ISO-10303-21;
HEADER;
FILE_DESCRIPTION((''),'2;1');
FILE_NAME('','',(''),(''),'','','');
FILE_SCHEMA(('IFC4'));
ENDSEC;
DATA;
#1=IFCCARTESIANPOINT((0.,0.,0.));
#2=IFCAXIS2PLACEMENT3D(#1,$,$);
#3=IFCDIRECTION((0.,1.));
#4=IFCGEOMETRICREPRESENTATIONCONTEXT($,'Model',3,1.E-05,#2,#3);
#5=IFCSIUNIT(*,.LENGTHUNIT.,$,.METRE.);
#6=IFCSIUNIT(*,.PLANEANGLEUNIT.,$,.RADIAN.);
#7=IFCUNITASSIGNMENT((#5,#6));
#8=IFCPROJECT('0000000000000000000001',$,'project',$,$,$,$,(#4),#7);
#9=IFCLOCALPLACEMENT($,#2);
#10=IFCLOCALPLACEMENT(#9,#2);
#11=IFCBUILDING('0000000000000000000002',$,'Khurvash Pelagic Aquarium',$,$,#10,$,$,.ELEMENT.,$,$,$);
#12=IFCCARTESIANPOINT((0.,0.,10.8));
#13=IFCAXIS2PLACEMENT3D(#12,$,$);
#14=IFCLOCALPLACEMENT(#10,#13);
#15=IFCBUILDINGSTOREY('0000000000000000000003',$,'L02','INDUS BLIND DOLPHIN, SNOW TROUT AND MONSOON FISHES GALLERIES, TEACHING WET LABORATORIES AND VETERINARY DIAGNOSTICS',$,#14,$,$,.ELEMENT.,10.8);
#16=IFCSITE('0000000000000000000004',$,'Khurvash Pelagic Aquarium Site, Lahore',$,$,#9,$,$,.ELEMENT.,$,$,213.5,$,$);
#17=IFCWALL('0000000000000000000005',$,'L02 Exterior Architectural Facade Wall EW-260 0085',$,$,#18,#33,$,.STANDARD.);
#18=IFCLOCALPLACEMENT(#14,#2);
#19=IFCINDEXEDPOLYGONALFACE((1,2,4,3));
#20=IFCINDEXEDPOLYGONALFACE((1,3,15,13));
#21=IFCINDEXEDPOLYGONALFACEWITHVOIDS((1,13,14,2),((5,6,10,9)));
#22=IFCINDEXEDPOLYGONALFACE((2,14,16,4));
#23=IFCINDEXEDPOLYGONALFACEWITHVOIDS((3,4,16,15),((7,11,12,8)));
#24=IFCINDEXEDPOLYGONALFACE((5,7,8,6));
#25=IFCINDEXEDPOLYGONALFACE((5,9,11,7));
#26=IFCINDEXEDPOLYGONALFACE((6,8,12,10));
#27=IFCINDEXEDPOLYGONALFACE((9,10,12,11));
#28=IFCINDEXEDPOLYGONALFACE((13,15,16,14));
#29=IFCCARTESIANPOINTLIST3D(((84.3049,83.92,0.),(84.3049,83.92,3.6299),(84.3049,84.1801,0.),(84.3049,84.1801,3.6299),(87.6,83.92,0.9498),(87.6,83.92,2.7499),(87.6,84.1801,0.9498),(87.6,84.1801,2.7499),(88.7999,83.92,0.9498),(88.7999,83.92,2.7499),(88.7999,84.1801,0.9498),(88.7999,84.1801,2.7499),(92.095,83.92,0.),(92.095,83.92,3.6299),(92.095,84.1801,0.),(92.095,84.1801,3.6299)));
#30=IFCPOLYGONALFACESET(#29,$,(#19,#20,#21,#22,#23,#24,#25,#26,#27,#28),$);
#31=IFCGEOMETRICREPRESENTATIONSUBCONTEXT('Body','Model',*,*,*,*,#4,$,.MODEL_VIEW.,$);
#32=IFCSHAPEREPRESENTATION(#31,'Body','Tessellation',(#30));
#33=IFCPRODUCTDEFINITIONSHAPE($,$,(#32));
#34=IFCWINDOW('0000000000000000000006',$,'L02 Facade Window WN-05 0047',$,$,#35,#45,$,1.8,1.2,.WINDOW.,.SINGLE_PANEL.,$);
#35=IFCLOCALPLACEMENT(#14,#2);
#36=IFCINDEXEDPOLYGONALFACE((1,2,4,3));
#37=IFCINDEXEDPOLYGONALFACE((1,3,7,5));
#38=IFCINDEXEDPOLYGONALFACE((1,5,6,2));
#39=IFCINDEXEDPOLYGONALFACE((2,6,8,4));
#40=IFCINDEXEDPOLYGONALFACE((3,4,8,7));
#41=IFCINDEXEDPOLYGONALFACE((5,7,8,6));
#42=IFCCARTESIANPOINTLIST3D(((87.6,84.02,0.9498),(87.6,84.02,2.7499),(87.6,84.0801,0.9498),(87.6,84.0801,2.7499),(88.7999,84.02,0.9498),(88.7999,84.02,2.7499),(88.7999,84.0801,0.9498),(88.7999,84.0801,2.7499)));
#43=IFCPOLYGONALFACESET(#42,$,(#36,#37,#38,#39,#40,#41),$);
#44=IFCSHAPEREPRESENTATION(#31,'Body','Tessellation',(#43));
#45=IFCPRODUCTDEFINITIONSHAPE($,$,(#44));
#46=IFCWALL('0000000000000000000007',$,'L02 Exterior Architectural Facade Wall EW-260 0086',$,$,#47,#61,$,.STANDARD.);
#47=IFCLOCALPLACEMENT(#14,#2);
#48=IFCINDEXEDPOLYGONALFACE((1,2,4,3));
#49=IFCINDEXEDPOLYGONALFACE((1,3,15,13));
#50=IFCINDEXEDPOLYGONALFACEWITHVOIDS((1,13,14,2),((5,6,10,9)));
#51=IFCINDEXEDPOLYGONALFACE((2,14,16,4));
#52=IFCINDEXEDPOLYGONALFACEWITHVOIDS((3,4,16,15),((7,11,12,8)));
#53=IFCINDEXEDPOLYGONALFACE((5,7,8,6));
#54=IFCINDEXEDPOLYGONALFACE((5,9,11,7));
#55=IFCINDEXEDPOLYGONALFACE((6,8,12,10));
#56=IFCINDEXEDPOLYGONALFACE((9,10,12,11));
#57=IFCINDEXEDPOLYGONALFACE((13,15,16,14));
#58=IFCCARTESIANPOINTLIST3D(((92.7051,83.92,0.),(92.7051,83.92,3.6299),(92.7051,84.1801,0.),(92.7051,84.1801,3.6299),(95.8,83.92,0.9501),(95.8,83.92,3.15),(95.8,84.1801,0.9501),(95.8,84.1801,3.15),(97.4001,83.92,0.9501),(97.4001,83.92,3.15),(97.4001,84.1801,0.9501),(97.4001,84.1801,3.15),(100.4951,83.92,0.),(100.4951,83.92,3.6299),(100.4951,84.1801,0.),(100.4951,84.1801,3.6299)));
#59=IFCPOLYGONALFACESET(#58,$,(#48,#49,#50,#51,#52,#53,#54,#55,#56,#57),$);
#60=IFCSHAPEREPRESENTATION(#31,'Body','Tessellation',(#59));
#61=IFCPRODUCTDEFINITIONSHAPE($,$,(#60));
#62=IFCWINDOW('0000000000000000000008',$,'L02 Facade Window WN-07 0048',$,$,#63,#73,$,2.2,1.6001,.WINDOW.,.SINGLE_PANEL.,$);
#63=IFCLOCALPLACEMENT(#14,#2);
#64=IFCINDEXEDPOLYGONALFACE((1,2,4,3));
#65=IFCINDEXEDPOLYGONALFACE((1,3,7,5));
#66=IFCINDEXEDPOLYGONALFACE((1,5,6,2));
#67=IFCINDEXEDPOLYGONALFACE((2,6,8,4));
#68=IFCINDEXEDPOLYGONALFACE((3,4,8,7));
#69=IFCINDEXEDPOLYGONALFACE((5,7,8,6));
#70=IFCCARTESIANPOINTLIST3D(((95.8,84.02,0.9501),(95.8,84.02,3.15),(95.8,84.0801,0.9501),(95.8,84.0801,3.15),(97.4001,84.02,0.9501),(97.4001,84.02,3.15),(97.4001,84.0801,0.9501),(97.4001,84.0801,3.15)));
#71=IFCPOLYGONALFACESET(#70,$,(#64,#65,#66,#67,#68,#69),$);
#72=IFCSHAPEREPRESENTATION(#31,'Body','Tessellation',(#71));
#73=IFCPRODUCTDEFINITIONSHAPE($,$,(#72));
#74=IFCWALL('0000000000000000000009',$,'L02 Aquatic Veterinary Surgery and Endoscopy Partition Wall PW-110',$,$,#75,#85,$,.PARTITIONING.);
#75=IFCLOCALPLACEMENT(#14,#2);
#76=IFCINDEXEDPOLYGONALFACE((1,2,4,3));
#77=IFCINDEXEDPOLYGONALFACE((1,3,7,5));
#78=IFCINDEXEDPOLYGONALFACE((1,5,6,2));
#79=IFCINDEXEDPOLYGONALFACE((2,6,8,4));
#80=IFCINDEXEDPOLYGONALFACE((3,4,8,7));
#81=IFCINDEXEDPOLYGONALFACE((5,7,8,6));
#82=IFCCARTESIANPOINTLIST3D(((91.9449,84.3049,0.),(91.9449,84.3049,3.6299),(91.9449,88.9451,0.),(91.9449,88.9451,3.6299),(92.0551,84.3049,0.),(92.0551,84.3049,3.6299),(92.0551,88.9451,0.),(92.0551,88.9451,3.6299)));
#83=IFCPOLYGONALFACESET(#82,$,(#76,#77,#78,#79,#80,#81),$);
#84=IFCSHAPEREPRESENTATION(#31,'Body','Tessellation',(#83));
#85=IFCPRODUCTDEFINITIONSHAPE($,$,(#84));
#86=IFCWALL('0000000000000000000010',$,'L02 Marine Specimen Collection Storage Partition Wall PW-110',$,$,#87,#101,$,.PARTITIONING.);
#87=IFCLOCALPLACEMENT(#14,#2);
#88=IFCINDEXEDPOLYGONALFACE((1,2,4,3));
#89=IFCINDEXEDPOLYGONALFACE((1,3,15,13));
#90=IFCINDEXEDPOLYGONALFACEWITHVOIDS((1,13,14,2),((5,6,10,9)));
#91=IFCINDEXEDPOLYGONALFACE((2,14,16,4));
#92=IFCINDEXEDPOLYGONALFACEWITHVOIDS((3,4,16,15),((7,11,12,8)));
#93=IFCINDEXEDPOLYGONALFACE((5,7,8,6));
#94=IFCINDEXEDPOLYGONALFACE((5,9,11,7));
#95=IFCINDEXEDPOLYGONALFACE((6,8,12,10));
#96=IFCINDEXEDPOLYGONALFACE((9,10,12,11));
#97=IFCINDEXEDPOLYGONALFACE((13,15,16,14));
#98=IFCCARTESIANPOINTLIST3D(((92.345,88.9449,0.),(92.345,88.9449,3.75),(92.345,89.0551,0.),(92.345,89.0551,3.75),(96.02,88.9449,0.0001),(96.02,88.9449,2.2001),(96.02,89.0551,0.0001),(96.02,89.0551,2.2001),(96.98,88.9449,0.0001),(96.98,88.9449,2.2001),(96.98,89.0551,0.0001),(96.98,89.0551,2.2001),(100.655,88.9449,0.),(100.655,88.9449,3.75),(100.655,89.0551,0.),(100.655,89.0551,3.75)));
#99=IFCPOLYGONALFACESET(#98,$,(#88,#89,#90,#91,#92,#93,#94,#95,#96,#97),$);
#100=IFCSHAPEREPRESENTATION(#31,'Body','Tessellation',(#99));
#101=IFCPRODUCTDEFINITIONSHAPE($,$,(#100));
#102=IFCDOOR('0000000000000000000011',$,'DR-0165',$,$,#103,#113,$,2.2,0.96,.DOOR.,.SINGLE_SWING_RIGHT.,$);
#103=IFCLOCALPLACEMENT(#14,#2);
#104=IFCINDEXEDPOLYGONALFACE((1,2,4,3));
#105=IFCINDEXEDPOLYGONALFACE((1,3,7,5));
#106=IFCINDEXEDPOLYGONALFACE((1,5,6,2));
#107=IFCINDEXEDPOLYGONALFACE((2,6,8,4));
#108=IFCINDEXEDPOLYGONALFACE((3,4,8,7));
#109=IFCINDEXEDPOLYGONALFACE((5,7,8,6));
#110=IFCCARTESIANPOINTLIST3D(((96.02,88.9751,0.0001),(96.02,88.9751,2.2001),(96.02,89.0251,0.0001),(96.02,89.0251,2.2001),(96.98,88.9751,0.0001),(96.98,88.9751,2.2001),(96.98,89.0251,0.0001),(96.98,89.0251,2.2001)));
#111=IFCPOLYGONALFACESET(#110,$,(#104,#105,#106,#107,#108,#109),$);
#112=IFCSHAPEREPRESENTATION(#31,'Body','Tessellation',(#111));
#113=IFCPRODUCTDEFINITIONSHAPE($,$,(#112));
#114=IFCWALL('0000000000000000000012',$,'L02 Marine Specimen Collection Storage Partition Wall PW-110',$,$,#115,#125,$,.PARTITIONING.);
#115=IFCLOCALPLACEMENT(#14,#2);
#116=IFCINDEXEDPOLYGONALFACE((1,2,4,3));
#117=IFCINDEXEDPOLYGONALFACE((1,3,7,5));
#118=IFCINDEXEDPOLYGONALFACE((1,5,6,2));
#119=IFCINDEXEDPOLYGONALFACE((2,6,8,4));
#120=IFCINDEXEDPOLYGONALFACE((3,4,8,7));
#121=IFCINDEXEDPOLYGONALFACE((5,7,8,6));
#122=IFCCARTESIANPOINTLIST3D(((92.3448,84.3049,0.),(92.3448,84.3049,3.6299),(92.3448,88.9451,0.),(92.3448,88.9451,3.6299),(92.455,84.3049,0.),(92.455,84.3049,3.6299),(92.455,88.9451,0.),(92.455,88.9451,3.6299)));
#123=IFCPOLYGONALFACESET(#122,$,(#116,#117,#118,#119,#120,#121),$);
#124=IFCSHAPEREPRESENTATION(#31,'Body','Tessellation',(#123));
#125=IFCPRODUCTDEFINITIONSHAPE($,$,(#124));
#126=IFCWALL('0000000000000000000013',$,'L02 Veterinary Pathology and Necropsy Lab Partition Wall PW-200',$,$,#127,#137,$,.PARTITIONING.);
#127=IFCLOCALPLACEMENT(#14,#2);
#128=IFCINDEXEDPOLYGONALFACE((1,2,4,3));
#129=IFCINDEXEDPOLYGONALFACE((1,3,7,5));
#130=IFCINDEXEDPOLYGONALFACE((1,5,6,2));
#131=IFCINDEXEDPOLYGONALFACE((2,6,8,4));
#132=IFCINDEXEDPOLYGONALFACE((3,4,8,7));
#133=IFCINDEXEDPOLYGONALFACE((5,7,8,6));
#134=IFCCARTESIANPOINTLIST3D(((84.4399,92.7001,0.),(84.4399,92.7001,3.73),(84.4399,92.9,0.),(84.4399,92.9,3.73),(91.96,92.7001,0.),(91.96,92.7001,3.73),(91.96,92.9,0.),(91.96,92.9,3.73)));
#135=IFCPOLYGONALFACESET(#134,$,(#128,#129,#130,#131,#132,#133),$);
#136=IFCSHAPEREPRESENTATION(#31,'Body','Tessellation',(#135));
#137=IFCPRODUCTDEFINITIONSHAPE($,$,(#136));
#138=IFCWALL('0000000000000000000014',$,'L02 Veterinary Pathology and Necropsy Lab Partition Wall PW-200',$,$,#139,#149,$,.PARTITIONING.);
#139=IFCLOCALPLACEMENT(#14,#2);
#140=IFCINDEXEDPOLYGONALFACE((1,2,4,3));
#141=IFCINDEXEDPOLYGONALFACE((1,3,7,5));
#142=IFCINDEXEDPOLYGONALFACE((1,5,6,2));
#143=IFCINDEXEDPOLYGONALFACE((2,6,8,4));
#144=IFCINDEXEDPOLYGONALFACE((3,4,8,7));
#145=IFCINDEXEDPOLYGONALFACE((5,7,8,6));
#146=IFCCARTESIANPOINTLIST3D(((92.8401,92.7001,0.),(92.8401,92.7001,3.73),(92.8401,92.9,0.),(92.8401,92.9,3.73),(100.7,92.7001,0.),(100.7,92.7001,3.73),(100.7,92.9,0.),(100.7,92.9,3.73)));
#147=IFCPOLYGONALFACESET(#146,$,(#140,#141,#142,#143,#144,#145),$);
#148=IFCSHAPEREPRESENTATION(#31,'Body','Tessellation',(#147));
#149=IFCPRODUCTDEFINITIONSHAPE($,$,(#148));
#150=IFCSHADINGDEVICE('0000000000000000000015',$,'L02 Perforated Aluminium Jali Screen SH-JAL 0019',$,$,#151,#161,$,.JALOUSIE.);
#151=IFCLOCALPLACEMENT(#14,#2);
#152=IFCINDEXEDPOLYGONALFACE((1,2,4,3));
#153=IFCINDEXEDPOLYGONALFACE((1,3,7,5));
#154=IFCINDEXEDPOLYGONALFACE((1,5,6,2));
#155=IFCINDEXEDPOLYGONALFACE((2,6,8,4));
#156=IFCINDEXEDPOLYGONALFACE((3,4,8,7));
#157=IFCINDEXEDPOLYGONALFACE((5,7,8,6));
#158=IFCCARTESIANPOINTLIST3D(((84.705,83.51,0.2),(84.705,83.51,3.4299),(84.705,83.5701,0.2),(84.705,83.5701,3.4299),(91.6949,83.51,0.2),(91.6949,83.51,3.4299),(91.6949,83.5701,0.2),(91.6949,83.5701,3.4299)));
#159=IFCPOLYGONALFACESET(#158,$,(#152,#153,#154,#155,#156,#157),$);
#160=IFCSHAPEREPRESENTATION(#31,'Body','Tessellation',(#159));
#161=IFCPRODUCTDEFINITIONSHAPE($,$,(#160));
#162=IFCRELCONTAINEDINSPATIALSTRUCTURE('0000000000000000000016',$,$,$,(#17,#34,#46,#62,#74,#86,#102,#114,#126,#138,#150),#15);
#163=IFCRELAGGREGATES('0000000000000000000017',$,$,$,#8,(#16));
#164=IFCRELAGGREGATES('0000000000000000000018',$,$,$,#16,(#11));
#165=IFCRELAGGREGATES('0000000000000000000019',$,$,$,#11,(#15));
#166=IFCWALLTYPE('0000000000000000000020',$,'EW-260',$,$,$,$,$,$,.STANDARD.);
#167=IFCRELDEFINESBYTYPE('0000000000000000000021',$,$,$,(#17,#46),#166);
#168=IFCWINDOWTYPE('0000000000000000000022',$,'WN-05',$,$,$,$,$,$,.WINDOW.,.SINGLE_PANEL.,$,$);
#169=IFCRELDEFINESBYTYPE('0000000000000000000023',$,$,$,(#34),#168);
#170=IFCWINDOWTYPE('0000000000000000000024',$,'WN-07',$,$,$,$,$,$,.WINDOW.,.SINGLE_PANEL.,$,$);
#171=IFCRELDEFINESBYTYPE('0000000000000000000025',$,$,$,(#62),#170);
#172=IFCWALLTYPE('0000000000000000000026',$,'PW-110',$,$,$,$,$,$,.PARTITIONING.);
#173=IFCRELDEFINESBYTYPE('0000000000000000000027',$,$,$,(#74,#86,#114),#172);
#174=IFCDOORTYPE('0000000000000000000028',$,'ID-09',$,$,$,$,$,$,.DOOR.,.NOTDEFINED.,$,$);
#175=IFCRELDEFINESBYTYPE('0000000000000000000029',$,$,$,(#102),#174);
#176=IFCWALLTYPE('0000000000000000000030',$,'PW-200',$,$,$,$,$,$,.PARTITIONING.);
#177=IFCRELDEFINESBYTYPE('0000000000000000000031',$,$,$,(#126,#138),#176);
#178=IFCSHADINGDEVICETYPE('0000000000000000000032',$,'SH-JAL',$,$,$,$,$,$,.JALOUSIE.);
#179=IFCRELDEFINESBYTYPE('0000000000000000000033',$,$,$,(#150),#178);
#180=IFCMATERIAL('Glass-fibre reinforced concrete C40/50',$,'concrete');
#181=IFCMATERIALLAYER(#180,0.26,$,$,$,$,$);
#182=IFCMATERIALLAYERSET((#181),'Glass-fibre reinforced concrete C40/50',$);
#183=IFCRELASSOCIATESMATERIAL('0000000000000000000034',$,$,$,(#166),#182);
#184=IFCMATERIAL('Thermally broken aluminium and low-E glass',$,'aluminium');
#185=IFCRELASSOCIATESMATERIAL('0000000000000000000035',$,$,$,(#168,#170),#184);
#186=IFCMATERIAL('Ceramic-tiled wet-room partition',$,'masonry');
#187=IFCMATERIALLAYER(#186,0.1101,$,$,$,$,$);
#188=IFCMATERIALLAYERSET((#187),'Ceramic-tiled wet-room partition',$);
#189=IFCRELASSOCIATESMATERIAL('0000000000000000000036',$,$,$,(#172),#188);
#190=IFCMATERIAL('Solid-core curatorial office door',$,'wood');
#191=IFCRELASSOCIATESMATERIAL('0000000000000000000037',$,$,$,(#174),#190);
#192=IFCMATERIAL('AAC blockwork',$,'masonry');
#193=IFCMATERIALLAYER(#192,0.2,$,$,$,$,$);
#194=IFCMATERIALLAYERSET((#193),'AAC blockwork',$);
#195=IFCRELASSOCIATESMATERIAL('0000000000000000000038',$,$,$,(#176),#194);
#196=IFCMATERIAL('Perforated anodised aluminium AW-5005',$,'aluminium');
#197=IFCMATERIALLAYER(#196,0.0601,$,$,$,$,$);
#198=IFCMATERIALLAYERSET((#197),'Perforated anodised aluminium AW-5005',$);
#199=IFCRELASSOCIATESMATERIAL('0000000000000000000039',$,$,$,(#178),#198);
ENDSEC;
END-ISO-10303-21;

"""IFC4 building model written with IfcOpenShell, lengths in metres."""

from ifc_helpers import new_model, si_unit, direction, frame, frame_2d, origin, origin_2d, place, context, subcontext, project, spatial, rectangle, extrude, material, layer, layer_set, type_object, element, fill, save


model = new_model("IFC4")

# Units and contexts
model_context = context("Model", 3, precision=1e-05, world=origin(), true_north=direction((0.0, 1.0)))
body_context = subcontext(model_context, "Body", "Model", "MODEL_VIEW")
ifc_project = project(units=[si_unit("LENGTHUNIT", "METRE"), si_unit("PLANEANGLEUNIT", "RADIAN")], contexts=[model_context])

# Site, building, storey
site_placement = place(None, origin())
site = spatial("IfcSite", under=ifc_project, at=site_placement, Name="Khurvash Pelagic Aquarium Site, Lahore", CompositionType="ELEMENT", RefElevation=213.5)
building_placement = place(site_placement, origin())
building = spatial("IfcBuilding", under=site, at=building_placement, Name="Khurvash Pelagic Aquarium", CompositionType="ELEMENT")
storey_placement = place(building_placement, frame((0.0, 0.0, 10.8)))
storey = spatial("IfcBuildingStorey", under=building, at=storey_placement, Name="L02", Description="INDUS BLIND DOLPHIN, SNOW TROUT AND MONSOON FISHES GALLERIES, TEACHING WET LABORATORIES AND VETERINARY DIAGNOSTICS", CompositionType="ELEMENT", Elevation=10.8)

# Walls, openings, windows
ifc_material_1 = material(Name="Glass-fibre reinforced concrete C40/50", Category="concrete")
ifc_layer_1 = layer(ifc_material_1, 0.26)
ifc_layer_set_1 = layer_set([ifc_layer_1], Name="Glass-fibre reinforced concrete C40/50")
wall_type_1 = type_object("IfcWallType", Name="EW-260", PredefinedType="STANDARD", material=ifc_layer_set_1)
wall_1_placement = place(storey_placement, frame((84.3049, 84.05, 0.0), z_axis=(0.0, 0.0, 1.0), x_axis=(1.0, 0.0, 0.0)))
wall_1 = element("IfcWall", 1, at=wall_1_placement, inside=storey, type_object=wall_type_1, Name="L02 Exterior Architectural Facade Wall EW-260 0085", PredefinedType="STANDARD", context=body_context, shape_type="SweptSolid", body=[
    extrude(rectangle(XDim=7.79, YDim=0.26, at=frame_2d((3.895, 0.0))), origin(), (0.0, 0.0, 1.0), 3.6299),
])
opening_1_placement = place(wall_1_placement, frame((3.2949, 0.0, 0.95)))
opening_1 = element("IfcOpeningElement", 2, at=opening_1_placement, cuts=wall_1, PredefinedType="OPENING", context=body_context, shape_type="SweptSolid", body=[
    extrude(rectangle(XDim=1.2, YDim=1.8, at=frame_2d((0.6001, 0.8999))), frame((0.0, 0.1401, 0.0), z_axis=(0.0, -1.0, 0.0), x_axis=(1.0, 0.0, 0.0)), (0.0, 0.0, 1.0), 0.28),
])
ifc_material_2 = material(Name="Thermally broken aluminium and low-E glass", Category="aluminium")
window_type_1 = type_object("IfcWindowType", Name="WN-05", PartitioningType="SINGLE_PANEL", PredefinedType="WINDOW", material=ifc_material_2)
window_1_placement = place(opening_1_placement, origin())
window_1 = element("IfcWindow", 3, at=window_1_placement, inside=storey, type_object=window_type_1, Name="L02 Facade Window WN-05 0047", OverallHeight=1.8, OverallWidth=1.2, PartitioningType="SINGLE_PANEL", PredefinedType="WINDOW", context=body_context, shape_type="SweptSolid", body=[
    extrude(rectangle(XDim=1.2, YDim=1.8, at=frame_2d((0.6001, 0.8999))), frame((0.0, 0.03, 0.0), z_axis=(0.0, -1.0, 0.0), x_axis=(1.0, 0.0, 0.0)), (0.0, 0.0, 1.0), 0.0601),
])
fill(opening_1, window_1)
wall_2_placement = place(storey_placement, frame((92.7051, 84.05, 0.0), z_axis=(0.0, 0.0, 1.0), x_axis=(1.0, 0.0, 0.0)))
wall_2 = element("IfcWall", 4, at=wall_2_placement, inside=storey, type_object=wall_type_1, Name="L02 Exterior Architectural Facade Wall EW-260 0086", PredefinedType="STANDARD", context=body_context, shape_type="SweptSolid", body=[
    extrude(rectangle(XDim=7.79, YDim=0.26, at=frame_2d((3.895, 0.0))), origin(), (0.0, 0.0, 1.0), 3.6299),
])
opening_2_placement = place(wall_2_placement, frame((3.095, 0.0, 0.95)))
opening_2 = element("IfcOpeningElement", 5, at=opening_2_placement, cuts=wall_2, PredefinedType="OPENING", context=body_context, shape_type="SweptSolid", body=[
    extrude(rectangle(XDim=1.6001, YDim=2.2, at=frame_2d((0.8, 1.1001))), frame((0.0, 0.1401, 0.0), z_axis=(0.0, -1.0, 0.0), x_axis=(1.0, 0.0, 0.0)), (0.0, 0.0, 1.0), 0.28),
])
window_type_2 = type_object("IfcWindowType", Name="WN-07", PartitioningType="SINGLE_PANEL", PredefinedType="WINDOW", material=ifc_material_2)
window_2_placement = place(opening_2_placement, origin())
window_2 = element("IfcWindow", 6, at=window_2_placement, inside=storey, type_object=window_type_2, Name="L02 Facade Window WN-07 0048", OverallHeight=2.2, OverallWidth=1.6001, PartitioningType="SINGLE_PANEL", PredefinedType="WINDOW", context=body_context, shape_type="SweptSolid", body=[
    extrude(rectangle(XDim=1.6001, YDim=2.2, at=frame_2d((0.8, 1.1001))), frame((0.0, 0.03, 0.0), z_axis=(0.0, -1.0, 0.0), x_axis=(1.0, 0.0, 0.0)), (0.0, 0.0, 1.0), 0.0601),
])
fill(opening_2, window_2)

# Wall
ifc_material_3 = material(Name="Ceramic-tiled wet-room partition", Category="masonry")
ifc_layer_2 = layer(ifc_material_3, 0.1101)
ifc_layer_set_2 = layer_set([ifc_layer_2], Name="Ceramic-tiled wet-room partition")
wall_type_2 = type_object("IfcWallType", Name="PW-110", PredefinedType="PARTITIONING", material=ifc_layer_set_2)
wall_3_placement = place(storey_placement, frame((92.0, 84.3049, 0.0), z_axis=(0.0, 0.0, 1.0), x_axis=(0.0, 1.0, 0.0)))
element("IfcWall", 7, at=wall_3_placement, inside=storey, type_object=wall_type_2, Name="L02 Aquatic Veterinary Surgery and Endoscopy Partition Wall PW-110", PredefinedType="PARTITIONING", context=body_context, shape_type="SweptSolid", body=[
    extrude(rectangle(XDim=4.6401, YDim=0.1101, at=frame_2d((2.3201, 0.0))), origin(), (0.0, 0.0, 1.0), 3.6299),
])

# Wall, opening, door
wall_4_placement = place(storey_placement, frame((92.345, 89.0, 0.0), z_axis=(0.0, 0.0, 1.0), x_axis=(1.0, 0.0, 0.0)))
wall_4 = element("IfcWall", 8, at=wall_4_placement, inside=storey, type_object=wall_type_2, Name="L02 Marine Specimen Collection Storage Partition Wall PW-110", PredefinedType="PARTITIONING", context=body_context, shape_type="SweptSolid", body=[
    extrude(rectangle(XDim=8.3101, YDim=0.1101, at=frame_2d((4.155, 0.0))), origin(), (0.0, 0.0, 1.0), 3.75),
])
opening_3_placement = place(wall_4_placement, frame((3.675, 0.0, 0.0)))
opening_3 = element("IfcOpeningElement", 9, at=opening_3_placement, cuts=wall_4, PredefinedType="OPENING", context=body_context, shape_type="SweptSolid", body=[
    extrude(rectangle(XDim=0.96, YDim=2.2, at=frame_2d((0.48, 1.1001))), frame((0.0, 0.0649, 0.0), z_axis=(0.0, -1.0, 0.0), x_axis=(1.0, 0.0, 0.0)), (0.0, 0.0, 1.0), 0.1301),
])
ifc_material_4 = material(Name="Solid-core curatorial office door", Category="wood")
door_type = type_object("IfcDoorType", Name="ID-09", OperationType="NOTDEFINED", PredefinedType="DOOR", material=ifc_material_4)
door_placement = place(opening_3_placement, frame((0.96, 0.0, 0.0), z_axis=(0.0, 0.0, 1.0), x_axis=(-1.0, 0.0, 0.0)))
door = element("IfcDoor", 10, at=door_placement, inside=storey, type_object=door_type, Name="DR-0165", OperationType="SINGLE_SWING_RIGHT", OverallHeight=2.2, OverallWidth=0.96, PredefinedType="DOOR", context=body_context, shape_type="SweptSolid", body=[
    extrude(rectangle(XDim=0.96, YDim=2.2, at=frame_2d((0.48, 1.1001))), frame((0.0, 0.0249, 0.0), z_axis=(0.0, -1.0, 0.0), x_axis=(1.0, 0.0, 0.0)), (0.0, 0.0, 1.0), 0.05),
])
fill(opening_3, door)

# Walls
wall_5_placement = place(storey_placement, frame((92.3999, 84.3049, 0.0), z_axis=(0.0, 0.0, 1.0), x_axis=(0.0, 1.0, 0.0)))
element("IfcWall", 11, at=wall_5_placement, inside=storey, type_object=wall_type_2, Name="L02 Marine Specimen Collection Storage Partition Wall PW-110", PredefinedType="PARTITIONING", context=body_context, shape_type="SweptSolid", body=[
    extrude(rectangle(XDim=4.6401, YDim=0.1101, at=frame_2d((2.3201, 0.0))), origin(), (0.0, 0.0, 1.0), 3.6299),
])
ifc_material_5 = material(Name="AAC blockwork", Category="masonry")
ifc_layer_3 = layer(ifc_material_5, 0.2)
ifc_layer_set_3 = layer_set([ifc_layer_3], Name="AAC blockwork")
wall_type_3 = type_object("IfcWallType", Name="PW-200", PredefinedType="PARTITIONING", material=ifc_layer_set_3)
wall_6_placement = place(storey_placement, frame((84.4399, 92.8, 0.0), z_axis=(0.0, 0.0, 1.0), x_axis=(1.0, 0.0, 0.0)))
element("IfcWall", 12, at=wall_6_placement, inside=storey, type_object=wall_type_3, Name="L02 Veterinary Pathology and Necropsy Lab Partition Wall PW-200", PredefinedType="PARTITIONING", context=body_context, shape_type="SweptSolid", body=[
    extrude(rectangle(XDim=7.52, YDim=0.2, at=frame_2d((3.76, 0.0))), origin(), (0.0, 0.0, 1.0), 3.73),
])
wall_7_placement = place(storey_placement, frame((92.8401, 92.8, 0.0), z_axis=(0.0, 0.0, 1.0), x_axis=(1.0, 0.0, 0.0)))
element("IfcWall", 13, at=wall_7_placement, inside=storey, type_object=wall_type_3, Name="L02 Veterinary Pathology and Necropsy Lab Partition Wall PW-200", PredefinedType="PARTITIONING", context=body_context, shape_type="SweptSolid", body=[
    extrude(rectangle(XDim=7.8599, YDim=0.2, at=frame_2d((3.9299, 0.0))), origin(), (0.0, 0.0, 1.0), 3.73),
])

# Shading device
ifc_material_6 = material(Name="Perforated anodised aluminium AW-5005", Category="aluminium")
ifc_layer_4 = layer(ifc_material_6, 0.0601)
ifc_layer_set_4 = layer_set([ifc_layer_4], Name="Perforated anodised aluminium AW-5005")
shading_device_type = type_object("IfcShadingDeviceType", Name="SH-JAL", PredefinedType="JALOUSIE", material=ifc_layer_set_4)
shading_device_placement = place(storey_placement, frame((88.2, 83.54, 0.2), z_axis=(0.0, 0.0, 1.0), x_axis=(1.0, 0.0, 0.0)))
element("IfcShadingDevice", 14, at=shading_device_placement, inside=storey, type_object=shading_device_type, Name="L02 Perforated Aluminium Jali Screen SH-JAL 0019", PredefinedType="JALOUSIE", context=body_context, shape_type="SweptSolid", body=[
    extrude(rectangle(XDim=6.99, YDim=0.0601, at=origin_2d()), origin(), (0.0, 0.0, 1.0), 3.23),
])

save(model, "model.ifc")
